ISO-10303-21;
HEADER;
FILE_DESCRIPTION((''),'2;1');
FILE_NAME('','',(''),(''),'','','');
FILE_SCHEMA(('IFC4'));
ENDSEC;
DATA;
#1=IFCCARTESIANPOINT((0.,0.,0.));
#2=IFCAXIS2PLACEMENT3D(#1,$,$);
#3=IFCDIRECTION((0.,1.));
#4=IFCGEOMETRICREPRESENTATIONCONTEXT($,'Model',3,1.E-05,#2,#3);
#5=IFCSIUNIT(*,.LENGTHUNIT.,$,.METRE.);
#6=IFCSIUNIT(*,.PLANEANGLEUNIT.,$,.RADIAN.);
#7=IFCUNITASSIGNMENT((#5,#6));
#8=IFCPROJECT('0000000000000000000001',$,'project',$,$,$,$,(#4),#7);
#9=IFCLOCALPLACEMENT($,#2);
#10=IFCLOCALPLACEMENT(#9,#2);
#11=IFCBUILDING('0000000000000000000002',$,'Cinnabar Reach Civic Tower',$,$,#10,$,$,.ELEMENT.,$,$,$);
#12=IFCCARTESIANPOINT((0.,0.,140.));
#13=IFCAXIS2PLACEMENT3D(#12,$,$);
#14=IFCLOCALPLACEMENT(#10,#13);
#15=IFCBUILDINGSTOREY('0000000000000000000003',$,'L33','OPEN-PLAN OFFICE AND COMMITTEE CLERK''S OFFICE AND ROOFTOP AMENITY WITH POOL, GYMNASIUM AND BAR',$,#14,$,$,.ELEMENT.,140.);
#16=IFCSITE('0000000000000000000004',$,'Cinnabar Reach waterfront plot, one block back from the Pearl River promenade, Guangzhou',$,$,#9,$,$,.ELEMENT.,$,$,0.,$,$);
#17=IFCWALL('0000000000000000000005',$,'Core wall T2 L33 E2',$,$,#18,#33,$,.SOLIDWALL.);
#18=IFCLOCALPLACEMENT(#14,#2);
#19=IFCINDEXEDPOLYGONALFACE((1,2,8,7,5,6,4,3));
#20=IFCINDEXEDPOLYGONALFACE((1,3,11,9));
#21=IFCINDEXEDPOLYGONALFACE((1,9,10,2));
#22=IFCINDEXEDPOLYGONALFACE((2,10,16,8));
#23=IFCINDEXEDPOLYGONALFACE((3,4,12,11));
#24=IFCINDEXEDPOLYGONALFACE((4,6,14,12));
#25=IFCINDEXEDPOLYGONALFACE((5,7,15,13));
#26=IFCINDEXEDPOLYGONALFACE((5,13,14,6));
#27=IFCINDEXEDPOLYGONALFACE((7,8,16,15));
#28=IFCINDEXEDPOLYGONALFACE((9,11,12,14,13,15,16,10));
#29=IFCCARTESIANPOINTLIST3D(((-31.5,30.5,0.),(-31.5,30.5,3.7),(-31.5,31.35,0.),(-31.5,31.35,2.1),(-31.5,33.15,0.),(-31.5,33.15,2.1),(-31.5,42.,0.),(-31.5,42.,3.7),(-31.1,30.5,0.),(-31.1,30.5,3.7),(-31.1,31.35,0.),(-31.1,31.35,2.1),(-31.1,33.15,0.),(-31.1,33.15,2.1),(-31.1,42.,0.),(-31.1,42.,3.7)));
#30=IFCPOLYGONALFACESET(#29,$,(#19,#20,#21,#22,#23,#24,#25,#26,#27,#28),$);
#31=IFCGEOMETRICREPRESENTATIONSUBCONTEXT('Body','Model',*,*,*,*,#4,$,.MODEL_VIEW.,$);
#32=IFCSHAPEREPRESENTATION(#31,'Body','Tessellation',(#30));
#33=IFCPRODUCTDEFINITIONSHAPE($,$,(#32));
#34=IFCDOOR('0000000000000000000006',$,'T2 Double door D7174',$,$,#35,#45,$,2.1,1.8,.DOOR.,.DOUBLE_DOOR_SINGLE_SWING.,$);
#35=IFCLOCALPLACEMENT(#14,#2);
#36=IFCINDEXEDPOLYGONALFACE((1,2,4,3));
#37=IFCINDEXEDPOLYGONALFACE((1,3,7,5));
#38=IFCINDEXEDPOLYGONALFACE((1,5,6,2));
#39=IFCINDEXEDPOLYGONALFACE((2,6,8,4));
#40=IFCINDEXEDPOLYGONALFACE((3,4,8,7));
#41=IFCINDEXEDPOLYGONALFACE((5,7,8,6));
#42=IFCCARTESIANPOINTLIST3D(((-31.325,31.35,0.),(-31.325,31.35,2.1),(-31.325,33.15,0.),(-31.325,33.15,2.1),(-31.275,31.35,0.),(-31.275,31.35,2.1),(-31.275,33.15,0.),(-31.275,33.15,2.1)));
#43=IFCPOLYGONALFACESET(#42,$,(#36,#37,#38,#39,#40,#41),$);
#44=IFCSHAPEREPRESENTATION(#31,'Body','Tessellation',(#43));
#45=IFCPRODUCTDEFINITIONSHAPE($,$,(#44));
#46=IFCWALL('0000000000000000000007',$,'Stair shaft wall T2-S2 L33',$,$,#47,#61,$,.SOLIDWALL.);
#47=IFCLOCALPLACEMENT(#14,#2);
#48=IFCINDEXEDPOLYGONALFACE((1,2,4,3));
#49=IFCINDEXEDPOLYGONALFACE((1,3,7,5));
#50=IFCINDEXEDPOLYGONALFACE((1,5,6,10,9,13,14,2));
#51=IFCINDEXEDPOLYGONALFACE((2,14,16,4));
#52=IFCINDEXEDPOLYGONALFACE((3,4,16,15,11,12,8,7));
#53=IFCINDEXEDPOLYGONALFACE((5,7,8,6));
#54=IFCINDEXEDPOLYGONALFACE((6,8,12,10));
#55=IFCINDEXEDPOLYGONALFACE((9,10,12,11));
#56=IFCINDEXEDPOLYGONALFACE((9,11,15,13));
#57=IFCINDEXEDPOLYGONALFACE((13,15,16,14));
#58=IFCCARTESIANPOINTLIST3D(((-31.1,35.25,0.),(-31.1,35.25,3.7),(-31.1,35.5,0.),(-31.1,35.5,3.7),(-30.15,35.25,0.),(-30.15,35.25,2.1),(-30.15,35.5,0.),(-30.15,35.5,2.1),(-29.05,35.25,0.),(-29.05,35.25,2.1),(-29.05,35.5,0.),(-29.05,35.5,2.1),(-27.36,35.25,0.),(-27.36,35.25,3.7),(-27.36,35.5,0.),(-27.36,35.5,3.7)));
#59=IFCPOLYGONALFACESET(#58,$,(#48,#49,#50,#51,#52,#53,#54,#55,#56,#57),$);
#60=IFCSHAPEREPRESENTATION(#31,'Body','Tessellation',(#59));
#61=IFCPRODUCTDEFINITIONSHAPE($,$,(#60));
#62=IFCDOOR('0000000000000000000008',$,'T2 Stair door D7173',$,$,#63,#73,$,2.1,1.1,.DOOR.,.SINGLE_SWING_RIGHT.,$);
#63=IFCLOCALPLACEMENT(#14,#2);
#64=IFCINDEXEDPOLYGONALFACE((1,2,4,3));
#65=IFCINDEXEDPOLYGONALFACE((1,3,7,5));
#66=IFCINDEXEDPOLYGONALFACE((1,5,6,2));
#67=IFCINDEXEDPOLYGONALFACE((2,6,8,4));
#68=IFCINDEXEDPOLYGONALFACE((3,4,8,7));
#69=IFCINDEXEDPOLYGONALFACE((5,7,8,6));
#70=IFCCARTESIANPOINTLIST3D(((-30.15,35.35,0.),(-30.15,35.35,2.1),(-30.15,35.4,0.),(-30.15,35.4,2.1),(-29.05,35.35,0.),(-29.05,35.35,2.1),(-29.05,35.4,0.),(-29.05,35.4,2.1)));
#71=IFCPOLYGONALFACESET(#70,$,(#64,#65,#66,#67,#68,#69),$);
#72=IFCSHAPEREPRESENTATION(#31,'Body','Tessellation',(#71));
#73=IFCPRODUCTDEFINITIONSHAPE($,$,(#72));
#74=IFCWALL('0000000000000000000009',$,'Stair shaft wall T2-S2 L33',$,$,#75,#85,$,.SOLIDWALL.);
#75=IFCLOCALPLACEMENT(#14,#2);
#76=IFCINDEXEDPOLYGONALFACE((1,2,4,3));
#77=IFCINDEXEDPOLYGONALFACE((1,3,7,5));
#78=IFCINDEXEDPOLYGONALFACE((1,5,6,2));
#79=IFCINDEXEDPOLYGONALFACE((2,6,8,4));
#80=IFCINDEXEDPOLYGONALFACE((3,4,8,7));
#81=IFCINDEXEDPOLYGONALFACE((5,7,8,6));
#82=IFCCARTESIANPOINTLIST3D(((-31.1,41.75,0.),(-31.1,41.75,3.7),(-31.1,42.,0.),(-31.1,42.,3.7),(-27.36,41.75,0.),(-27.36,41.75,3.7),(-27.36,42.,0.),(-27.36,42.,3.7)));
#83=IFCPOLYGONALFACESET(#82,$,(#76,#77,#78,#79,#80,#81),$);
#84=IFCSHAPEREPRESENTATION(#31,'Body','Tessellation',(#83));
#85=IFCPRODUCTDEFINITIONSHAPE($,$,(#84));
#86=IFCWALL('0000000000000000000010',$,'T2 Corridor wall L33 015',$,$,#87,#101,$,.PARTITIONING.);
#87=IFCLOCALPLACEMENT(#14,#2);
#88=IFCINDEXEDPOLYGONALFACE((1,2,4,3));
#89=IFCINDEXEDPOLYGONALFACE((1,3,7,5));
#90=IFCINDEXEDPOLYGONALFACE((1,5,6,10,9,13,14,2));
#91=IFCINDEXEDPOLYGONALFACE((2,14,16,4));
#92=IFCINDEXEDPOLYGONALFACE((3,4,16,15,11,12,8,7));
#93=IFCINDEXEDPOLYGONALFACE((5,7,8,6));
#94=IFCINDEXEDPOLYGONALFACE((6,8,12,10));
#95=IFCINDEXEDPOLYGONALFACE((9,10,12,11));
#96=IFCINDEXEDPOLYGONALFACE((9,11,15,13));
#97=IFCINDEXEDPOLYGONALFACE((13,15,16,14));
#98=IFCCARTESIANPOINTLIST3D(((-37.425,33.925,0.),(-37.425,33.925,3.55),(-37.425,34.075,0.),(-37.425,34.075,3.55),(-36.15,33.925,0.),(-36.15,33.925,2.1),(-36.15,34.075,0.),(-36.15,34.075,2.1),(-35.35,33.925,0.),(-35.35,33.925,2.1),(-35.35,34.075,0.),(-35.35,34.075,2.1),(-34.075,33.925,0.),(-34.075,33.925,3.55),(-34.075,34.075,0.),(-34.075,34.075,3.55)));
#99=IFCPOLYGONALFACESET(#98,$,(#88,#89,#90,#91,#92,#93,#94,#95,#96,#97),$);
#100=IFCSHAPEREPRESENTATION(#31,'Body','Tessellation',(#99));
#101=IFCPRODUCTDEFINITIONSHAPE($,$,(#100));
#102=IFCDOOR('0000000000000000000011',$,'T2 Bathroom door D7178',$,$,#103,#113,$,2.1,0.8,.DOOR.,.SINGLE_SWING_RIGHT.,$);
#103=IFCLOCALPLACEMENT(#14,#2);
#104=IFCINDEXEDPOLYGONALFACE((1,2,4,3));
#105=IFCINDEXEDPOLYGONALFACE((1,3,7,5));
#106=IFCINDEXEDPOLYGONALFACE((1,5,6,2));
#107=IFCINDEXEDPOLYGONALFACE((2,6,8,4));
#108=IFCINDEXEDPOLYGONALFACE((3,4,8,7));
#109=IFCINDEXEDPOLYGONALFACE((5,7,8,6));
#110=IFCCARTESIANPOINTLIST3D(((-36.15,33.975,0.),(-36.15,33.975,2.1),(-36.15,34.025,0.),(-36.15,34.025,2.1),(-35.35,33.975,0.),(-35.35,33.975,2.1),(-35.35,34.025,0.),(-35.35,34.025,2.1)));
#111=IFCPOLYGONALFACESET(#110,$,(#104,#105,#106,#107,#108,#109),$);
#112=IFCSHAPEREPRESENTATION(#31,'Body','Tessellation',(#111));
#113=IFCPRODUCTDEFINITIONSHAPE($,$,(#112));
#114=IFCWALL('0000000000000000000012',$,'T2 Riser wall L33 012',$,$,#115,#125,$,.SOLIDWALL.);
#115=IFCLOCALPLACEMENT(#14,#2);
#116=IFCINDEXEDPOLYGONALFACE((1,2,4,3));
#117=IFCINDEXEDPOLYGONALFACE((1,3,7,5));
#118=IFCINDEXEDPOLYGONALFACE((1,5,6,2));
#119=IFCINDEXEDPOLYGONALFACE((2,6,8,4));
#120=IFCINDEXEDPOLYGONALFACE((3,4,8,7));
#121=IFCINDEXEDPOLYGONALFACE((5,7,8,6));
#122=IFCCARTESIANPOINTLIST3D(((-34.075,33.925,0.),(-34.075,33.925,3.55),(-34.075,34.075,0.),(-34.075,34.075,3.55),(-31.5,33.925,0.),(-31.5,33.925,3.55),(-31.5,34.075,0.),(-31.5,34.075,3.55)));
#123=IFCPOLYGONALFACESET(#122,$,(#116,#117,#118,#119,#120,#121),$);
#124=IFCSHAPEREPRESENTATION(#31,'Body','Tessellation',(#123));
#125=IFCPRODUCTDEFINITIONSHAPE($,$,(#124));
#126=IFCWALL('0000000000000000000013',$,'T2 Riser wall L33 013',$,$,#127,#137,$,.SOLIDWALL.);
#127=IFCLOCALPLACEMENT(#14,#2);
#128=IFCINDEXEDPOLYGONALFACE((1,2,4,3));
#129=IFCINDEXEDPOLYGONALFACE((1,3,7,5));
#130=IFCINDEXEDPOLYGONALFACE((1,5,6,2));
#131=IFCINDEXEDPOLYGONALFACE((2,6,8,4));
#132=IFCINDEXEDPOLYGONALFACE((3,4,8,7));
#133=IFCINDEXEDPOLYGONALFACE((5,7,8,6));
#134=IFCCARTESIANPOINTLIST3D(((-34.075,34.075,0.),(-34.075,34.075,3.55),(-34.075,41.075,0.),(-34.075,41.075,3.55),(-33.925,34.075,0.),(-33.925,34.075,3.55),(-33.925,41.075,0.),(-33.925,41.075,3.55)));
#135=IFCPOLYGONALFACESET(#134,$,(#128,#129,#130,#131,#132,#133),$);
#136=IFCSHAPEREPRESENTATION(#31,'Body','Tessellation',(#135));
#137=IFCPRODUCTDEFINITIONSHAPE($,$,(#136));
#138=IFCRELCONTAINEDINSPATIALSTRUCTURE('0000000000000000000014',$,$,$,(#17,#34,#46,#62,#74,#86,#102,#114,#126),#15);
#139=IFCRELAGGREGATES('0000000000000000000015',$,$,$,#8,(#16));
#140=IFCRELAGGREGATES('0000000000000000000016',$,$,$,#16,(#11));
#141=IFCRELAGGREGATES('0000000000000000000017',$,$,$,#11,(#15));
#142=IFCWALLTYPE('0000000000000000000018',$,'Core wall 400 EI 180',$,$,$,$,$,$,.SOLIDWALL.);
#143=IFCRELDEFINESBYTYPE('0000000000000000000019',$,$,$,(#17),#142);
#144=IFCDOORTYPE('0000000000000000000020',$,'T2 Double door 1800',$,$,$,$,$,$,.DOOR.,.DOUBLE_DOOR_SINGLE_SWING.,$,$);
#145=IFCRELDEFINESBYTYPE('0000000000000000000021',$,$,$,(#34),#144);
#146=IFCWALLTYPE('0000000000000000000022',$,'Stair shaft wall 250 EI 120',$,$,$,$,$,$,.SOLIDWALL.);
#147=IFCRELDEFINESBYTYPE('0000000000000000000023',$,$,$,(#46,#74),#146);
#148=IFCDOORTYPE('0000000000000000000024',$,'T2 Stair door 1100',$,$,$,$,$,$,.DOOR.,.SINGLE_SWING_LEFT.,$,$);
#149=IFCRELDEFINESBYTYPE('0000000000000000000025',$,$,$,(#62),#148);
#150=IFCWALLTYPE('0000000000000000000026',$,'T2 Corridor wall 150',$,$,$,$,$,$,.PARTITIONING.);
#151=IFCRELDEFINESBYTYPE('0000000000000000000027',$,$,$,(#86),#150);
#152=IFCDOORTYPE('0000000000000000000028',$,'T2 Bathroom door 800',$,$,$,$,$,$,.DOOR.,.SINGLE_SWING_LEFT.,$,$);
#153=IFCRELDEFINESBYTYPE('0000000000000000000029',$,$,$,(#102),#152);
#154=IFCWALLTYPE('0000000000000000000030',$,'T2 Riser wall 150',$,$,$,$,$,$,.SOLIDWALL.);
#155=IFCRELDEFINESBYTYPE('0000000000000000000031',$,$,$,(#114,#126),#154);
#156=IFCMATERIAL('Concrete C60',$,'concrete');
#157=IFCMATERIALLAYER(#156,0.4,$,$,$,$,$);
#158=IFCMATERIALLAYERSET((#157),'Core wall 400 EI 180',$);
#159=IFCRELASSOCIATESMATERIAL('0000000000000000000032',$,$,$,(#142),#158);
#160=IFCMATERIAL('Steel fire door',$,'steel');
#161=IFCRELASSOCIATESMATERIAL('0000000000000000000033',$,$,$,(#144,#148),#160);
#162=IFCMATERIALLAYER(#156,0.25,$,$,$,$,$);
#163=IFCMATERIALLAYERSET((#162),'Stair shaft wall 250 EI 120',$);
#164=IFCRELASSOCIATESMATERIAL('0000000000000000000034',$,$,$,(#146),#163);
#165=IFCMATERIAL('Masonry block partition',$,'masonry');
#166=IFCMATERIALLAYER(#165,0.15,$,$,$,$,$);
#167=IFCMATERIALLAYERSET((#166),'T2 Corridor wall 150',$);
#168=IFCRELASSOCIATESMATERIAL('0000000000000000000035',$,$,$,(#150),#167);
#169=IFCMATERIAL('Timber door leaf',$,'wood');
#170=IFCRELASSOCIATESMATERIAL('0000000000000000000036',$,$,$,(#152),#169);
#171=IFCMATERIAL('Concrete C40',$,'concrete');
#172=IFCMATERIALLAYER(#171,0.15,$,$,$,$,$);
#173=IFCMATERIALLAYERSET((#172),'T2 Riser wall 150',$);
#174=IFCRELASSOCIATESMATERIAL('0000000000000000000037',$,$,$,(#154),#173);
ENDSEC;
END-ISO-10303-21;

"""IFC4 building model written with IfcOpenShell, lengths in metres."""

from ifc_helpers import new_model, si_unit, direction, frame, frame_2d, origin, place, context, subcontext, project, spatial, rectangle, extrude, material, layer, layer_set, type_object, element, fill, save


model = new_model("IFC4")

# Units and contexts
model_context = context("Model", 3, precision=1e-05, world=origin(), true_north=direction((0.0, 1.0)))
body_context = subcontext(model_context, "Body", "Model", "MODEL_VIEW")
ifc_project = project(units=[si_unit("LENGTHUNIT", "METRE"), si_unit("PLANEANGLEUNIT", "RADIAN")], contexts=[model_context])

# Site, building, storey
site_placement = place(None, origin())
site = spatial("IfcSite", under=ifc_project, at=site_placement, Name="Cinnabar Reach waterfront plot, one block back from the Pearl River promenade, Guangzhou", CompositionType="ELEMENT", RefElevation=0.0)
building_placement = place(site_placement, origin())
building = spatial("IfcBuilding", under=site, at=building_placement, Name="Cinnabar Reach Civic Tower", CompositionType="ELEMENT")
storey_placement = place(building_placement, frame((0.0, 0.0, 140.0)))
storey = spatial("IfcBuildingStorey", under=building, at=storey_placement, Name="L33", Description="OPEN-PLAN OFFICE AND COMMITTEE CLERK'S OFFICE AND ROOFTOP AMENITY WITH POOL, GYMNASIUM AND BAR", CompositionType="ELEMENT", Elevation=140.0)

# Shared definitions
ifc_material_1 = material(Name="Concrete C60", Category="concrete")

# Shared definitions
ifc_material_2 = material(Name="Concrete C40", Category="concrete")

# Shared definitions
ifc_layer_1 = layer(ifc_material_1, 0.4)
ifc_layer_set_1 = layer_set([ifc_layer_1], Name="Core wall 400 EI 180")
wall_type_1 = type_object("IfcWallType", Name="Core wall 400 EI 180", PredefinedType="SOLIDWALL", material=ifc_layer_set_1)

# Walls, openings, doors
wall_1_placement = place(storey_placement, frame((-31.3, 30.5, 0.0), z_axis=(0.0, 0.0, 1.0), x_axis=(0.0, 1.0, 0.0)))
wall_1 = element("IfcWall", 1, at=wall_1_placement, inside=storey, type_object=wall_type_1, Name="Core wall T2 L33 E2", PredefinedType="SOLIDWALL", context=body_context, shape_type="SweptSolid", body=[
    extrude(rectangle(XDim=11.5, YDim=0.4, at=frame_2d((5.75, 0.0))), origin(), (0.0, 0.0, 1.0), 3.7),
])
opening_1_placement = place(wall_1_placement, frame((0.85, 0.0, 0.0)))
opening_1 = element("IfcOpeningElement", 2, at=opening_1_placement, cuts=wall_1, PredefinedType="OPENING", context=body_context, shape_type="SweptSolid", body=[
    extrude(rectangle(XDim=1.8, YDim=2.1, at=frame_2d((0.9, 1.05))), frame((0.0, 0.21, 0.0), z_axis=(0.0, -1.0, 0.0), x_axis=(1.0, 0.0, 0.0)), (0.0, 0.0, 1.0), 0.42),
])
ifc_material_3 = material(Name="Steel fire door", Category="steel")
door_type_1 = type_object("IfcDoorType", Name="T2 Double door 1800", OperationType="DOUBLE_DOOR_SINGLE_SWING", PredefinedType="DOOR", material=ifc_material_3)
door_1_placement = place(opening_1_placement, frame((1.8, 0.0, 0.0), z_axis=(0.0, 0.0, 1.0), x_axis=(-1.0, 0.0, 0.0)))
door_1 = element("IfcDoor", 3, at=door_1_placement, inside=storey, type_object=door_type_1, Name="T2 Double door D7174", OperationType="DOUBLE_DOOR_SINGLE_SWING", OverallHeight=2.1, OverallWidth=1.8, PredefinedType="DOOR", context=body_context, shape_type="SweptSolid", body=[
    extrude(rectangle(XDim=1.8, YDim=2.1, at=frame_2d((0.9, 1.05))), frame((0.0, 0.025, 0.0), z_axis=(0.0, -1.0, 0.0), x_axis=(1.0, 0.0, 0.0)), (0.0, 0.0, 1.0), 0.05),
])
fill(opening_1, door_1)
ifc_layer_2 = layer(ifc_material_1, 0.25)
ifc_layer_set_2 = layer_set([ifc_layer_2], Name="Stair shaft wall 250 EI 120")
wall_type_2 = type_object("IfcWallType", Name="Stair shaft wall 250 EI 120", PredefinedType="SOLIDWALL", material=ifc_layer_set_2)
wall_2_placement = place(storey_placement, frame((-31.1, 35.375, 0.0), z_axis=(0.0, 0.0, 1.0), x_axis=(1.0, 0.0, 0.0)))
wall_2 = element("IfcWall", 4, at=wall_2_placement, inside=storey, type_object=wall_type_2, Name="Stair shaft wall T2-S2 L33", PredefinedType="SOLIDWALL", context=body_context, shape_type="SweptSolid", body=[
    extrude(rectangle(XDim=3.74, YDim=0.25, at=frame_2d((1.87, 0.0))), origin(), (0.0, 0.0, 1.0), 3.7),
])
opening_2_placement = place(wall_2_placement, frame((0.95, 0.0, 0.0)))
opening_2 = element("IfcOpeningElement", 5, at=opening_2_placement, cuts=wall_2, PredefinedType="OPENING", context=body_context, shape_type="SweptSolid", body=[
    extrude(rectangle(XDim=1.1, YDim=2.1, at=frame_2d((0.55, 1.05))), frame((0.0, 0.135, 0.0), z_axis=(0.0, -1.0, 0.0), x_axis=(1.0, 0.0, 0.0)), (0.0, 0.0, 1.0), 0.27),
])
door_type_2 = type_object("IfcDoorType", Name="T2 Stair door 1100", OperationType="SINGLE_SWING_LEFT", PredefinedType="DOOR", material=ifc_material_3)
door_2_placement = place(opening_2_placement, origin())
door_2 = element("IfcDoor", 6, at=door_2_placement, inside=storey, type_object=door_type_2, Name="T2 Stair door D7173", OperationType="SINGLE_SWING_RIGHT", OverallHeight=2.1, OverallWidth=1.1, PredefinedType="DOOR", context=body_context, shape_type="SweptSolid", body=[
    extrude(rectangle(XDim=1.1, YDim=2.1, at=frame_2d((0.55, 1.05))), frame((0.0, 0.025, 0.0), z_axis=(0.0, -1.0, 0.0), x_axis=(1.0, 0.0, 0.0)), (0.0, 0.0, 1.0), 0.05),
])
fill(opening_2, door_2)

# Wall
wall_3_placement = place(storey_placement, frame((-27.36, 41.875, 0.0), z_axis=(0.0, 0.0, 1.0), x_axis=(-1.0, 0.0, 0.0)))
element("IfcWall", 7, at=wall_3_placement, inside=storey, type_object=wall_type_2, Name="Stair shaft wall T2-S2 L33", PredefinedType="SOLIDWALL", context=body_context, shape_type="SweptSolid", body=[
    extrude(rectangle(XDim=3.74, YDim=0.25, at=frame_2d((1.87, 0.0))), origin(), (0.0, 0.0, 1.0), 3.7),
])

# Wall, opening, door
ifc_material_4 = material(Name="Masonry block partition", Category="masonry")
ifc_layer_3 = layer(ifc_material_4, 0.15)
ifc_layer_set_3 = layer_set([ifc_layer_3], Name="T2 Corridor wall 150")
wall_type_3 = type_object("IfcWallType", Name="T2 Corridor wall 150", PredefinedType="PARTITIONING", material=ifc_layer_set_3)
wall_4_placement = place(storey_placement, frame((-34.075, 34.0, 0.0), z_axis=(0.0, 0.0, 1.0), x_axis=(-1.0, 0.0, 0.0)))
wall_4 = element("IfcWall", 8, at=wall_4_placement, inside=storey, type_object=wall_type_3, Name="T2 Corridor wall L33 015", PredefinedType="PARTITIONING", context=body_context, shape_type="SweptSolid", body=[
    extrude(rectangle(XDim=3.35, YDim=0.15, at=frame_2d((1.675, 0.0))), origin(), (0.0, 0.0, 1.0), 3.55),
])
opening_3_placement = place(wall_4_placement, frame((1.275, 0.0, 0.0)))
opening_3 = element("IfcOpeningElement", 9, at=opening_3_placement, cuts=wall_4, PredefinedType="OPENING", context=body_context, shape_type="SweptSolid", body=[
    extrude(rectangle(XDim=0.8, YDim=2.1, at=frame_2d((0.4, 1.05))), frame((0.0, 0.085, 0.0), z_axis=(0.0, -1.0, 0.0), x_axis=(1.0, 0.0, 0.0)), (0.0, 0.0, 1.0), 0.17),
])
ifc_material_5 = material(Name="Timber door leaf", Category="wood")
door_type_3 = type_object("IfcDoorType", Name="T2 Bathroom door 800", OperationType="SINGLE_SWING_LEFT", PredefinedType="DOOR", material=ifc_material_5)
door_3_placement = place(opening_3_placement, frame((0.8, 0.0, 0.0), z_axis=(0.0, 0.0, 1.0), x_axis=(-1.0, 0.0, 0.0)))
door_3 = element("IfcDoor", 10, at=door_3_placement, inside=storey, type_object=door_type_3, Name="T2 Bathroom door D7178", OperationType="SINGLE_SWING_RIGHT", OverallHeight=2.1, OverallWidth=0.8, PredefinedType="DOOR", context=body_context, shape_type="SweptSolid", body=[
    extrude(rectangle(XDim=0.8, YDim=2.1, at=frame_2d((0.4, 1.05))), frame((0.0, 0.025, 0.0), z_axis=(0.0, -1.0, 0.0), x_axis=(1.0, 0.0, 0.0)), (0.0, 0.0, 1.0), 0.05),
])
fill(opening_3, door_3)

# Walls
ifc_layer_4 = layer(ifc_material_2, 0.15)
ifc_layer_set_4 = layer_set([ifc_layer_4], Name="T2 Riser wall 150")
wall_type_4 = type_object("IfcWallType", Name="T2 Riser wall 150", PredefinedType="SOLIDWALL", material=ifc_layer_set_4)
wall_5_placement = place(storey_placement, frame((-34.075, 34.0, 0.0), z_axis=(0.0, 0.0, 1.0), x_axis=(1.0, 0.0, 0.0)))
element("IfcWall", 11, at=wall_5_placement, inside=storey, type_object=wall_type_4, Name="T2 Riser wall L33 012", PredefinedType="SOLIDWALL", context=body_context, shape_type="SweptSolid", body=[
    extrude(rectangle(XDim=2.575, YDim=0.15, at=frame_2d((1.2875, 0.0))), origin(), (0.0, 0.0, 1.0), 3.55),
])
wall_6_placement = place(storey_placement, frame((-34.0, 41.075, 0.0), z_axis=(0.0, 0.0, 1.0), x_axis=(0.0, -1.0, 0.0)))
element("IfcWall", 12, at=wall_6_placement, inside=storey, type_object=wall_type_4, Name="T2 Riser wall L33 013", PredefinedType="SOLIDWALL", context=body_context, shape_type="SweptSolid", body=[
    extrude(rectangle(XDim=7.0, YDim=0.15, at=frame_2d((3.5, 0.0))), origin(), (0.0, 0.0, 1.0), 3.55),
])

save(model, "model.ifc")
